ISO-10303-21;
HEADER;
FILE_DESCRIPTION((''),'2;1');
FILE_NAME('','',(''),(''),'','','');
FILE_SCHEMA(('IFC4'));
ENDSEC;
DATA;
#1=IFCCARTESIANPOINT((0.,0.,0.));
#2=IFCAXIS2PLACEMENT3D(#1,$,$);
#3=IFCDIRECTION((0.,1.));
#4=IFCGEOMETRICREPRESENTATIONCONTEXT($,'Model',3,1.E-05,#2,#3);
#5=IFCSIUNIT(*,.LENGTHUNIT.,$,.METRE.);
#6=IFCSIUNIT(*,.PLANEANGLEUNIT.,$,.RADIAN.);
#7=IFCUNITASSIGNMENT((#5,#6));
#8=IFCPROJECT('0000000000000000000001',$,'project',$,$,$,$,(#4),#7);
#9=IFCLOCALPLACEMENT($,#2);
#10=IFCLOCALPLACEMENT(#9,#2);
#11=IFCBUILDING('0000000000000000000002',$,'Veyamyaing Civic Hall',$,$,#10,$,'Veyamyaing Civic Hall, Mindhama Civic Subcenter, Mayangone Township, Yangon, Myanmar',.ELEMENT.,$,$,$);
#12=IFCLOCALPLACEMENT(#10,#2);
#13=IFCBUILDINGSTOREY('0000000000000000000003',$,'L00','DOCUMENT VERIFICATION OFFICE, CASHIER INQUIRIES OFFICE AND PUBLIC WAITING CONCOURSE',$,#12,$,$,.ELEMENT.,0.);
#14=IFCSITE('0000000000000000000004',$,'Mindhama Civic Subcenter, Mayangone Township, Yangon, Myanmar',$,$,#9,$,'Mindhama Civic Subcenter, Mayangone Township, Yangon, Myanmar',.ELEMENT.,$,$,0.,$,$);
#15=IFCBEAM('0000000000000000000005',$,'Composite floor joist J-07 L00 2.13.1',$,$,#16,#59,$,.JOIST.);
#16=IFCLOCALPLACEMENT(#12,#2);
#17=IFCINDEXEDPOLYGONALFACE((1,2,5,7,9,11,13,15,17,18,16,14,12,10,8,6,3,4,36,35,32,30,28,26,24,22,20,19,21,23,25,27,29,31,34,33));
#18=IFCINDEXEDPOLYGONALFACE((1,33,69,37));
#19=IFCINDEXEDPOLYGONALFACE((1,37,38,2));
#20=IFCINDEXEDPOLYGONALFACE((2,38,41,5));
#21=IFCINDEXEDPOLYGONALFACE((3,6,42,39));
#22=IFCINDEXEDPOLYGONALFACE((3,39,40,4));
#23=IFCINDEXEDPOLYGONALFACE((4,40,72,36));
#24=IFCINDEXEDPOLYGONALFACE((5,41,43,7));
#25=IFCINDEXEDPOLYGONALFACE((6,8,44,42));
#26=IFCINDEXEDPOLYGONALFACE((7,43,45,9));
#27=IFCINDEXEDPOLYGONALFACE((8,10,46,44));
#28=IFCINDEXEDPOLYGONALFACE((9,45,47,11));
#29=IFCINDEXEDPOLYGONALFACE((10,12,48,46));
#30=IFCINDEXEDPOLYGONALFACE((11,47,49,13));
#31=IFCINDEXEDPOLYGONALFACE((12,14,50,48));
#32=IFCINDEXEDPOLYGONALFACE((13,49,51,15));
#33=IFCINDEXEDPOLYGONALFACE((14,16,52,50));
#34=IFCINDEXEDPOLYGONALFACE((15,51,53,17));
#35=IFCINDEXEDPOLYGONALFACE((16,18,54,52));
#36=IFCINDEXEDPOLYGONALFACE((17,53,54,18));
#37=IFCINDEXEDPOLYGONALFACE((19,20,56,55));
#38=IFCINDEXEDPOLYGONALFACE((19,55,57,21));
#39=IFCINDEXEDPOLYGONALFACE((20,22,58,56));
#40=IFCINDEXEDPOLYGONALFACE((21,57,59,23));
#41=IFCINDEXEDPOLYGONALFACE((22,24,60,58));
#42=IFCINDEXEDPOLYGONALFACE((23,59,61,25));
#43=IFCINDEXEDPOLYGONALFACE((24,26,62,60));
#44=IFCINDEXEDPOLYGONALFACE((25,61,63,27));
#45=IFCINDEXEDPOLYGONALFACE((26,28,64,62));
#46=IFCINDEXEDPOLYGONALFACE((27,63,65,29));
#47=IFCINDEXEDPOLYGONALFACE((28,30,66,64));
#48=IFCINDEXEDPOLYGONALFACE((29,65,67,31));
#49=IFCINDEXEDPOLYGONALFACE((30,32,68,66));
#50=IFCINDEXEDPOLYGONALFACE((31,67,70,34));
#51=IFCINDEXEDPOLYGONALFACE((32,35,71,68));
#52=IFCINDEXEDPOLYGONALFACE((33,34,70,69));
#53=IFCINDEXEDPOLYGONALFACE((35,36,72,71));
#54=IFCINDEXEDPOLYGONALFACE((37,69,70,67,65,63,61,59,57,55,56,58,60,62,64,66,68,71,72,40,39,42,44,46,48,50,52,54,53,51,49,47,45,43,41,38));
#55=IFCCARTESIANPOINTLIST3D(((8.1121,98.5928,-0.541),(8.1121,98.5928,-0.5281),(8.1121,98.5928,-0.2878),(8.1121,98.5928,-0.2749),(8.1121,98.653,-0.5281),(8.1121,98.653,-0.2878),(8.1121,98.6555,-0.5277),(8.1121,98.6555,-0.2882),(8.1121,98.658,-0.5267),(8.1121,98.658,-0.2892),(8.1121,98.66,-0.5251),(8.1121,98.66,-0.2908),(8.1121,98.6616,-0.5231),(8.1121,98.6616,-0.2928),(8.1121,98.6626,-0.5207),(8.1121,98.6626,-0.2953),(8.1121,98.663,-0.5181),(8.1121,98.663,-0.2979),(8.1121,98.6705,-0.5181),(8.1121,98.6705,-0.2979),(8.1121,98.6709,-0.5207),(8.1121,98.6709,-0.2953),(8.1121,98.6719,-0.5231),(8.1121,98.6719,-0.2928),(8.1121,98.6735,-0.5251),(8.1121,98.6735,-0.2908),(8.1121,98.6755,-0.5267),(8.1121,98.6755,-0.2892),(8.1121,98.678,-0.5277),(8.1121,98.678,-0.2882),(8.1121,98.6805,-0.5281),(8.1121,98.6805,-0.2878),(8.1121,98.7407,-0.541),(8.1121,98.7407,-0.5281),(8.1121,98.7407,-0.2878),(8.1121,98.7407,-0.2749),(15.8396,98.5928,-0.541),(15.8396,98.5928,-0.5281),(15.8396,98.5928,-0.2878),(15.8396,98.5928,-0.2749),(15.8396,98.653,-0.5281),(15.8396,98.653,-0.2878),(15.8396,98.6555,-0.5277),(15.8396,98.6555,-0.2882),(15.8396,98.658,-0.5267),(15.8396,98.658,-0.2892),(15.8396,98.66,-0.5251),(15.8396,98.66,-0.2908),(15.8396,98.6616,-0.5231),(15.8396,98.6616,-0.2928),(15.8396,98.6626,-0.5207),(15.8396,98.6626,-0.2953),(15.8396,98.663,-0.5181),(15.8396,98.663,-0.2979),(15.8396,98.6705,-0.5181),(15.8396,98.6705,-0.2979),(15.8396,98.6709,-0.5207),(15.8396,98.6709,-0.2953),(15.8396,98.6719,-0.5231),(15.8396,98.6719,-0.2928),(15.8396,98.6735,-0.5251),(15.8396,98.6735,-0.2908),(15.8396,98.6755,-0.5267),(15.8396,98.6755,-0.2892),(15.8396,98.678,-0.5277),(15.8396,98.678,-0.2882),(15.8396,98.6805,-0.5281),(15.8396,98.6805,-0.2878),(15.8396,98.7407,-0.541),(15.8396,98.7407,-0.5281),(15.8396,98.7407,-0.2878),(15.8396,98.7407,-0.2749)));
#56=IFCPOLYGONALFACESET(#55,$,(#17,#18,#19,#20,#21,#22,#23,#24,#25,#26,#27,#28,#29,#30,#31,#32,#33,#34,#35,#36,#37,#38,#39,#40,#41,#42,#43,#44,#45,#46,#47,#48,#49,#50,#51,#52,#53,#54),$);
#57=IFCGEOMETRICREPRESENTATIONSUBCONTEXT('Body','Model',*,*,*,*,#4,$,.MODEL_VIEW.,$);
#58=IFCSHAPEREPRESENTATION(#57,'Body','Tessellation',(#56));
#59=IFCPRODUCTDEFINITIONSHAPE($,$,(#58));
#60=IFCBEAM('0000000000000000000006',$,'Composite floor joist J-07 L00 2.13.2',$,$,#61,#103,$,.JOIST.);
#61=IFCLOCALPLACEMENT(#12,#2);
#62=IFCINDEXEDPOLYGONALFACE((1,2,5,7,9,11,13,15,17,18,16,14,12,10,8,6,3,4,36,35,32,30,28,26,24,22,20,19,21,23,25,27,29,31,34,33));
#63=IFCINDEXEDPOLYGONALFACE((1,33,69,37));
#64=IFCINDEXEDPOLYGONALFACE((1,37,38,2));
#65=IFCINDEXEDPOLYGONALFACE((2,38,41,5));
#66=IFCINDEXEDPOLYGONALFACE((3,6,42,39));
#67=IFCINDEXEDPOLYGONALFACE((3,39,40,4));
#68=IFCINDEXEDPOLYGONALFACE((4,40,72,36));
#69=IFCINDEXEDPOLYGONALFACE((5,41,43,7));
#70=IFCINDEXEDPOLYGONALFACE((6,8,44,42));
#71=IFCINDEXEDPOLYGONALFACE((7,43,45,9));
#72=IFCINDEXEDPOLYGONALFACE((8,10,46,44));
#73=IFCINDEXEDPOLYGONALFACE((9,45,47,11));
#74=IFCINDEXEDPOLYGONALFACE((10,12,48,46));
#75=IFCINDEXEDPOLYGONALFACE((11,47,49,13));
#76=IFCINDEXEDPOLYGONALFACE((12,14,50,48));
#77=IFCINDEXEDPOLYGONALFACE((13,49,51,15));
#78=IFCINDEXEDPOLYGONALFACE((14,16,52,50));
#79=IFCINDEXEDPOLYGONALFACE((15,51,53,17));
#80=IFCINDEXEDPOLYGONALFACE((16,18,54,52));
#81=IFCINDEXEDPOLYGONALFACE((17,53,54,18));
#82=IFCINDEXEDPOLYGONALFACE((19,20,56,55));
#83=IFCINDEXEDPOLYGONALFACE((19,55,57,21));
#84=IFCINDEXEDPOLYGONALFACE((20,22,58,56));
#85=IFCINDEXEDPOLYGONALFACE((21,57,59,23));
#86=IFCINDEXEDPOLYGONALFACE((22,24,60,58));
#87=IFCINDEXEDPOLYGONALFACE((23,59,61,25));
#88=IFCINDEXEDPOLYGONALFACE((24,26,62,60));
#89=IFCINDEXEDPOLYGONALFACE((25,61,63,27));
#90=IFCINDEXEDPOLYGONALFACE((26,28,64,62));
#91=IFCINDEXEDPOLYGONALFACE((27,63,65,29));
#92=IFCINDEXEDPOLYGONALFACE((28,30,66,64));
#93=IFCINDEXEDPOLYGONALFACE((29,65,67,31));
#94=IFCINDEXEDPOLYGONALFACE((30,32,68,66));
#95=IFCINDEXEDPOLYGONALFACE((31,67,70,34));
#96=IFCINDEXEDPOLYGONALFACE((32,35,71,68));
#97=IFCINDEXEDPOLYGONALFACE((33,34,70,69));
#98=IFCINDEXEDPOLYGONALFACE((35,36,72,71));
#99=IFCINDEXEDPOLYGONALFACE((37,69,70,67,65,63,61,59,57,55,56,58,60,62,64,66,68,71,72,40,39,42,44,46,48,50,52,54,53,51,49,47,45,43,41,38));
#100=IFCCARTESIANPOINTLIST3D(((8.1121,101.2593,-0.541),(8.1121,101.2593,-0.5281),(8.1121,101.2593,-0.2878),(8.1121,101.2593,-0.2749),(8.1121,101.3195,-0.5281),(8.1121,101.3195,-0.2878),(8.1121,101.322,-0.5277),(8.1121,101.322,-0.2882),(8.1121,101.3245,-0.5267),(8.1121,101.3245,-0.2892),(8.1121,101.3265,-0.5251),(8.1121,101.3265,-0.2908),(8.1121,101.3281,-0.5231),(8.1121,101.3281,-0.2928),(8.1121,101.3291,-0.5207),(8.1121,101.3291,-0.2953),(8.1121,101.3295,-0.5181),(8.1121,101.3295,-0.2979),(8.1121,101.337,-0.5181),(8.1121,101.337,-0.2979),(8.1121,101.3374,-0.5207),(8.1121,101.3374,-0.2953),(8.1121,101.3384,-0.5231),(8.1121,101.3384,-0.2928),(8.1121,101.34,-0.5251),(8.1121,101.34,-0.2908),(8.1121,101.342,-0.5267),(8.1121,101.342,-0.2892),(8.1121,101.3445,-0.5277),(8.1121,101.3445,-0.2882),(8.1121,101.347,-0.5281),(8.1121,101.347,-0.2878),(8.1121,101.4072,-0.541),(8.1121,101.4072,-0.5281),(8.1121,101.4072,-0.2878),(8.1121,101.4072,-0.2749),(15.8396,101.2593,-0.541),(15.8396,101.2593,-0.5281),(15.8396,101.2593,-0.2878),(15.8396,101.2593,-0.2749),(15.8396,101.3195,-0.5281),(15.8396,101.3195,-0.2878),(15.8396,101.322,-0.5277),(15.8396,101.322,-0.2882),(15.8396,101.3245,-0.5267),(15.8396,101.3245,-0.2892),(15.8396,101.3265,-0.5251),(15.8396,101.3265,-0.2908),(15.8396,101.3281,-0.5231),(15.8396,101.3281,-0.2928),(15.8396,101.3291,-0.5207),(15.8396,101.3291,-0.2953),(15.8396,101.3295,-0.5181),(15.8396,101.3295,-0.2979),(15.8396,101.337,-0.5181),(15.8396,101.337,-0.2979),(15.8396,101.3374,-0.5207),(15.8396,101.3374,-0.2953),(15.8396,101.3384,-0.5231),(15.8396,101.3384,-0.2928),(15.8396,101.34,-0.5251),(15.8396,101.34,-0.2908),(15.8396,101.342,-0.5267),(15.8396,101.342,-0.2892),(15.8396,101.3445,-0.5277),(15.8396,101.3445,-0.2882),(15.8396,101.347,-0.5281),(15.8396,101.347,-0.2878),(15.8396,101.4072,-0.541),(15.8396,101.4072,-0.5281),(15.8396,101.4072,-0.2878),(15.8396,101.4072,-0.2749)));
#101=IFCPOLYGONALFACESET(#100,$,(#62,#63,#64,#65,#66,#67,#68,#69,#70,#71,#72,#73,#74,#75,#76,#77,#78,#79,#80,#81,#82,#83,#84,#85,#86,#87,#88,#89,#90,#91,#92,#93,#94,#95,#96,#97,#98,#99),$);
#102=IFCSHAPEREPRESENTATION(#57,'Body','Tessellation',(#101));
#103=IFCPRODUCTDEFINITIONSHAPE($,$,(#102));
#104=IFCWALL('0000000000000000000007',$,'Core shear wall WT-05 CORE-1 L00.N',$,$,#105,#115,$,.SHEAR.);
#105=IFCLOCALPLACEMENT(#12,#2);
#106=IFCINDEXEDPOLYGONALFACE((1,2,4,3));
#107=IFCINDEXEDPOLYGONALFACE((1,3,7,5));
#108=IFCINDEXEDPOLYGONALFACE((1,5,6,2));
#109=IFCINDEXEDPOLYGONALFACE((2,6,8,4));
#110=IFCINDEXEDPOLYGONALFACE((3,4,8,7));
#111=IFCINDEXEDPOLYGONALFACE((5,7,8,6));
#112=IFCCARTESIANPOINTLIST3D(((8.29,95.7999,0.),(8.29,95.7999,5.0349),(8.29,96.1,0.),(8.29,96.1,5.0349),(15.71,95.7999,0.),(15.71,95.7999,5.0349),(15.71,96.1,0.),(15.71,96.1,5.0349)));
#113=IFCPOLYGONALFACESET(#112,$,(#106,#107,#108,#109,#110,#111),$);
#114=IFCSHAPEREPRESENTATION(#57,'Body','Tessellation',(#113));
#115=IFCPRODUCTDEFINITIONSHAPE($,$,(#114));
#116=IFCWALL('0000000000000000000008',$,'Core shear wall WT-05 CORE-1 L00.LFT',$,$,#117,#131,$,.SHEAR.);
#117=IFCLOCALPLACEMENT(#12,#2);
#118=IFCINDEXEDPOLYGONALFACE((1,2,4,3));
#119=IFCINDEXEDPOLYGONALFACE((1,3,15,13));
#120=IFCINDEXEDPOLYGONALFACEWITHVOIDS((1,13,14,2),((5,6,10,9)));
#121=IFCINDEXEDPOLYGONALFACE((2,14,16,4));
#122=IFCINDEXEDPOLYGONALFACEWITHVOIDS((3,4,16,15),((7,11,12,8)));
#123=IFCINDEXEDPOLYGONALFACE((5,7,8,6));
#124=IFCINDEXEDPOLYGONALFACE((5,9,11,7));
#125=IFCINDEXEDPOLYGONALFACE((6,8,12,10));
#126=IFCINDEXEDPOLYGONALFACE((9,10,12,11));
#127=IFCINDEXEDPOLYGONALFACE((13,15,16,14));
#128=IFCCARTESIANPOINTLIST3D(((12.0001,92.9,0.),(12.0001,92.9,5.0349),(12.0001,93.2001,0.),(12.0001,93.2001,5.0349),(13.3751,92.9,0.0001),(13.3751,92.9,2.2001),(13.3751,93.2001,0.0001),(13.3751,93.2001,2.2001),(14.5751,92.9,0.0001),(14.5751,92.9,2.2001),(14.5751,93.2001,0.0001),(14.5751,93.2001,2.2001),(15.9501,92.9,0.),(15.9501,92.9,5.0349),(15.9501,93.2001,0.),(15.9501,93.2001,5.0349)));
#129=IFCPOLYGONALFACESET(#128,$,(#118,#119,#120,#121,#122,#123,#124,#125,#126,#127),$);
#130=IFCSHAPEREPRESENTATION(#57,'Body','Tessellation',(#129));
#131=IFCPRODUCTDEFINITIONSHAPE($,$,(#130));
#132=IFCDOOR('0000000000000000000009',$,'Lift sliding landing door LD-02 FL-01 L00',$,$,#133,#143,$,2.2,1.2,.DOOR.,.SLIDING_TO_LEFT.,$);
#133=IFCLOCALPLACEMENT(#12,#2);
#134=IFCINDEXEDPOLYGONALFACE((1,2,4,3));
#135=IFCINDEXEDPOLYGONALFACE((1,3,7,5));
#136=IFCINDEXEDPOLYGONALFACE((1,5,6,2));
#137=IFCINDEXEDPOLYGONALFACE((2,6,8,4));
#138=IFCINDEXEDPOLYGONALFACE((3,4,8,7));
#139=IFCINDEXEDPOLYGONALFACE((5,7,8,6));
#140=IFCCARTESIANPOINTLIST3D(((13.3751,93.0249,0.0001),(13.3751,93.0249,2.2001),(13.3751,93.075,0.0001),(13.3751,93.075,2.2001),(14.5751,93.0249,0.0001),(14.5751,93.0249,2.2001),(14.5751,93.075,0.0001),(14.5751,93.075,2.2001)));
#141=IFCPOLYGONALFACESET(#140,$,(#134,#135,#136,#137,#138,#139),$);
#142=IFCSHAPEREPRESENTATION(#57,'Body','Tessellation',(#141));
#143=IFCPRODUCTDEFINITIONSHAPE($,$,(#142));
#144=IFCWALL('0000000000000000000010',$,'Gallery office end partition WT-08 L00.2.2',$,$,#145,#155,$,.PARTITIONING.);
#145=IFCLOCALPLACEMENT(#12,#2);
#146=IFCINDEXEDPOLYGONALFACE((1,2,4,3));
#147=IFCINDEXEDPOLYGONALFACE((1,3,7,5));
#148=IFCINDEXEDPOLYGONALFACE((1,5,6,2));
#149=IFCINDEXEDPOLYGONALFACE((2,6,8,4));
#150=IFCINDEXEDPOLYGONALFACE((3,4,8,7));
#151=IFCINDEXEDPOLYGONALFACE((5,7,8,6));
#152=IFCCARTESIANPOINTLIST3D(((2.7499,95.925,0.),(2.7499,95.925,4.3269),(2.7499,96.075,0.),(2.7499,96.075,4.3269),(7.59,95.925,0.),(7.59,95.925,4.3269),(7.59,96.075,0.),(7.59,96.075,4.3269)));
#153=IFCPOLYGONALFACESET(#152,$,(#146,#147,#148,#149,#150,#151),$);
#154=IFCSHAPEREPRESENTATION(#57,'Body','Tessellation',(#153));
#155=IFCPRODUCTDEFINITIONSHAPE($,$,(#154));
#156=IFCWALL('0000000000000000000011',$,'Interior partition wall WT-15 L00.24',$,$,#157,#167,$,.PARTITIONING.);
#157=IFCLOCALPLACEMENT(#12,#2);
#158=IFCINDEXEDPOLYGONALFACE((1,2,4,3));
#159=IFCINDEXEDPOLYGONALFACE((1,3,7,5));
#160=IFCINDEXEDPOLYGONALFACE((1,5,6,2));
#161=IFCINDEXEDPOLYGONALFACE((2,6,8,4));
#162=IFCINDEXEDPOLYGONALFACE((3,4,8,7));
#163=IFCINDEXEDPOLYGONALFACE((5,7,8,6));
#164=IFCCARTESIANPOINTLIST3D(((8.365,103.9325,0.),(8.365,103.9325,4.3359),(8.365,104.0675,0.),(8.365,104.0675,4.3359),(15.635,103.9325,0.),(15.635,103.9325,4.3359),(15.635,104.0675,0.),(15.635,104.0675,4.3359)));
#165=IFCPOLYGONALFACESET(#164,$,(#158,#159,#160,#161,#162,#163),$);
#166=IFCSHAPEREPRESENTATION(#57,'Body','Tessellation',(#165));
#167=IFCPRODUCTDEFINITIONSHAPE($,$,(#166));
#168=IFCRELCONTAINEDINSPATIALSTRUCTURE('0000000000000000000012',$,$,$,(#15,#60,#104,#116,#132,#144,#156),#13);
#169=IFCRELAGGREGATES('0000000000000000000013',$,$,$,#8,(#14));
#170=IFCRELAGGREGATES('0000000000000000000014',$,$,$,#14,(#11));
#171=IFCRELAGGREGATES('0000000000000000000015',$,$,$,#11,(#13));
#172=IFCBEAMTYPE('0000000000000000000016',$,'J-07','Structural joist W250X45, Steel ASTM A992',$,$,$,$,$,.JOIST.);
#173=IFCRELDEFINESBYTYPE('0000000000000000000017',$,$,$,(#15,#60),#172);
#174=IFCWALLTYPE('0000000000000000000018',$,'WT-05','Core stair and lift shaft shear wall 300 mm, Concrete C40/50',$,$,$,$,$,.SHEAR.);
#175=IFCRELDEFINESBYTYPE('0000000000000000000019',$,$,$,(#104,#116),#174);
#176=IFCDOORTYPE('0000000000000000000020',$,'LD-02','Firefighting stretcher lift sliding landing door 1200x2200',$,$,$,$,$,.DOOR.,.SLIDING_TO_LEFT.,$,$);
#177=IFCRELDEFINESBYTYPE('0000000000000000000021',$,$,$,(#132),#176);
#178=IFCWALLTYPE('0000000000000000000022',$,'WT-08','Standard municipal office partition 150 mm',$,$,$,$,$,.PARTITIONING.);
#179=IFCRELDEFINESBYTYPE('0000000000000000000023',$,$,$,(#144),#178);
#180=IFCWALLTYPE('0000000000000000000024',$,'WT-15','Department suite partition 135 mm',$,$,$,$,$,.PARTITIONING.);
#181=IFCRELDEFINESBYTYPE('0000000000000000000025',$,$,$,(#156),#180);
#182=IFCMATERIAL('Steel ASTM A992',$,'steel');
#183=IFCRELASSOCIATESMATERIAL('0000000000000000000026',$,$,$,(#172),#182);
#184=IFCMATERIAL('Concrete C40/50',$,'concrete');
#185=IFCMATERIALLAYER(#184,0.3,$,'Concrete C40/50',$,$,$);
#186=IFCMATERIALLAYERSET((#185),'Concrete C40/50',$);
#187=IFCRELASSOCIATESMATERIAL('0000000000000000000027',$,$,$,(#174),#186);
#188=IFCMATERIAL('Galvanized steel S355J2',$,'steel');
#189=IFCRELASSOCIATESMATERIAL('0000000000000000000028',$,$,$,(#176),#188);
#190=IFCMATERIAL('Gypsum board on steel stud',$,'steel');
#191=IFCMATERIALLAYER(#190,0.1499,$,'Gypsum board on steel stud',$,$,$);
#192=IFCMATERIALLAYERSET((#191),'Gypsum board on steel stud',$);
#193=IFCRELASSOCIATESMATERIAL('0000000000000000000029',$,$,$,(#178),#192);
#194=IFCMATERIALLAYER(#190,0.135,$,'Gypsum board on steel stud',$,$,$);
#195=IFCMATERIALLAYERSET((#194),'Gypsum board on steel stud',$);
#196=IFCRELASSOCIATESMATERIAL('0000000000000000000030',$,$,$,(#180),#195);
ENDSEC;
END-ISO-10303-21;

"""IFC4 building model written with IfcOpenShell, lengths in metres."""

from ifc_helpers import new_model, si_unit, direction, frame, frame_2d, origin, origin_2d, place, context, subcontext, project, spatial, rectangle, i_section, extrude, material, layer, layer_set, material_profile, profile_set, type_object, element, fill, save


model = new_model("IFC4")

# Units and contexts
model_context = context("Model", 3, precision=1e-05, world=origin(), true_north=direction((0.0, 1.0)))
body_context = subcontext(model_context, "Body", "Model", "MODEL_VIEW")
ifc_project = project(units=[si_unit("LENGTHUNIT", "METRE"), si_unit("PLANEANGLEUNIT", "RADIAN")], contexts=[model_context])

# Site, building, storey
site_placement = place(None, origin())
site = spatial("IfcSite", under=ifc_project, at=site_placement, Name="Mindhama Civic Subcenter, Mayangone Township, Yangon, Myanmar", LongName="Mindhama Civic Subcenter, Mayangone Township, Yangon, Myanmar", CompositionType="ELEMENT", RefElevation=0.0)
building_placement = place(site_placement, origin())
building = spatial("IfcBuilding", under=site, at=building_placement, Name="Veyamyaing Civic Hall", LongName="Veyamyaing Civic Hall, Mindhama Civic Subcenter, Mayangone Township, Yangon, Myanmar", CompositionType="ELEMENT")
storey_placement = place(building_placement, origin())
storey = spatial("IfcBuildingStorey", under=building, at=storey_placement, Name="L00", Description="DOCUMENT VERIFICATION OFFICE, CASHIER INQUIRIES OFFICE AND PUBLIC WAITING CONCOURSE", CompositionType="ELEMENT", Elevation=0.0)

# Beams
ifc_material_1 = material(Name="Steel ASTM A992", Category="steel")
ifc_material_profile_1 = material_profile(ifc_material_1, i_section(OverallWidth=0.1479, OverallDepth=0.2661, WebThickness=0.0076, FlangeThickness=0.0129, FilletRadius=0.01, at=origin_2d()), Name="W250X45")
ifc_profile_set_1 = profile_set([ifc_material_profile_1], Name="Steel ASTM A992")
beam_type_1 = type_object("IfcBeamType", Name="J-07", Description="Structural joist W250X45, Steel ASTM A992", PredefinedType="JOIST", material=ifc_profile_set_1)
for number, where, z_axis, x_axis, name in (
    (1, (8.1121, 98.6667, -0.408), (1.0, 0.0, 0.0), (0.0, 1.0, 0.0), "Composite floor joist J-07 L00 2.13.1"),
    (2, (8.1121, 101.3333, -0.408), (1.0, 0.0, 0.0), (0.0, 1.0, 0.0), "Composite floor joist J-07 L00 2.13.2"),
):
    element("IfcBeam", number, at=place(storey_placement, frame(where, z_axis=z_axis, x_axis=x_axis)), inside=storey, type_object=beam_type_1, Name=name, PredefinedType="JOIST", context=body_context, shape_type="SweptSolid", body=[
        extrude(i_section(OverallWidth=0.1479, OverallDepth=0.2661, WebThickness=0.0076, FlangeThickness=0.0129, FilletRadius=0.01, at=origin_2d()), origin(), (0.0, 0.0, 1.0), 7.7275),
    ])

# Wall
ifc_material_2 = material(Name="Concrete C40/50", Category="concrete")
ifc_layer_1 = layer(ifc_material_2, 0.3, Name="Concrete C40/50")
ifc_layer_set_1 = layer_set([ifc_layer_1], Name="Concrete C40/50")
wall_type_1 = type_object("IfcWallType", Name="WT-05", Description="Core stair and lift shaft shear wall 300 mm, Concrete C40/50", PredefinedType="SHEAR", material=ifc_layer_set_1)
wall_1_placement = place(storey_placement, frame((8.29, 95.95, 0.0), z_axis=(0.0, 0.0, 1.0), x_axis=(1.0, 0.0, 0.0)))
element("IfcWall", 3, at=wall_1_placement, inside=storey, type_object=wall_type_1, Name="Core shear wall WT-05 CORE-1 L00.N", PredefinedType="SHEAR", context=body_context, shape_type="SweptSolid", body=[
    extrude(rectangle(XDim=7.4199, YDim=0.3, at=frame_2d((3.71, 0.0))), origin(), (0.0, 0.0, 1.0), 5.0349),
])

# Wall, opening, door
wall_2_placement = place(storey_placement, frame((12.0, 93.05, 0.0), z_axis=(0.0, 0.0, 1.0), x_axis=(1.0, 0.0, 0.0)))
wall_2 = element("IfcWall", 4, at=wall_2_placement, inside=storey, type_object=wall_type_1, Name="Core shear wall WT-05 CORE-1 L00.LFT", PredefinedType="SHEAR", context=body_context, shape_type="SweptSolid", body=[
    extrude(rectangle(XDim=3.95, YDim=0.3, at=frame_2d((1.9751, 0.0))), origin(), (0.0, 0.0, 1.0), 5.0349),
])
opening_1_placement = place(wall_2_placement, frame((1.375, 0.0, 0.0)))
opening_1 = element("IfcOpeningElement", 5, at=opening_1_placement, cuts=wall_2, PredefinedType="OPENING", context=body_context, shape_type="SweptSolid", body=[
    extrude(rectangle(XDim=1.2, YDim=2.2, at=frame_2d((0.6001, 1.1001))), frame((0.0, 0.1599, 0.0), z_axis=(0.0, -1.0, 0.0), x_axis=(1.0, 0.0, 0.0)), (0.0, 0.0, 1.0), 0.3201),
])
ifc_material_3 = material(Name="Galvanized steel S355J2", Category="steel")
door_type_1 = type_object("IfcDoorType", Name="LD-02", Description="Firefighting stretcher lift sliding landing door 1200x2200", OperationType="SLIDING_TO_LEFT", PredefinedType="DOOR", material=ifc_material_3)
door_1_placement = place(opening_1_placement, origin())
door_1 = element("IfcDoor", 6, at=door_1_placement, inside=storey, type_object=door_type_1, Name="Lift sliding landing door LD-02 FL-01 L00", OperationType="SLIDING_TO_LEFT", OverallHeight=2.2, OverallWidth=1.2, PredefinedType="DOOR", context=body_context, shape_type="SweptSolid", body=[
    extrude(rectangle(XDim=1.2, YDim=2.2, at=frame_2d((0.6001, 1.1001))), frame((0.0, 0.0249, 0.0), z_axis=(0.0, -1.0, 0.0), x_axis=(1.0, 0.0, 0.0)), (0.0, 0.0, 1.0), 0.05),
])
fill(opening_1, door_1)

# Walls
ifc_material_4 = material(Name="Gypsum board on steel stud", Category="steel")
ifc_layer_2 = layer(ifc_material_4, 0.1499, Name="Gypsum board on steel stud")
ifc_layer_set_2 = layer_set([ifc_layer_2], Name="Gypsum board on steel stud")
wall_type_2 = type_object("IfcWallType", Name="WT-08", Description="Standard municipal office partition 150 mm", PredefinedType="PARTITIONING", material=ifc_layer_set_2)
wall_3_placement = place(storey_placement, frame((2.75, 96.0, 0.0), z_axis=(0.0, 0.0, 1.0), x_axis=(1.0, 0.0, 0.0)))
element("IfcWall", 7, at=wall_3_placement, inside=storey, type_object=wall_type_2, Name="Gallery office end partition WT-08 L00.2.2", PredefinedType="PARTITIONING", context=body_context, shape_type="SweptSolid", body=[
    extrude(rectangle(XDim=4.8401, YDim=0.1499, at=frame_2d((2.4199, 0.0))), origin(), (0.0, 0.0, 1.0), 4.3269),
])
ifc_layer_3 = layer(ifc_material_4, 0.135, Name="Gypsum board on steel stud")
ifc_layer_set_3 = layer_set([ifc_layer_3], Name="Gypsum board on steel stud")
wall_type_3 = type_object("IfcWallType", Name="WT-15", Description="Department suite partition 135 mm", PredefinedType="PARTITIONING", material=ifc_layer_set_3)
wall_4_placement = place(storey_placement, frame((8.365, 104.0, 0.0), z_axis=(0.0, 0.0, 1.0), x_axis=(1.0, 0.0, 0.0)))
element("IfcWall", 8, at=wall_4_placement, inside=storey, type_object=wall_type_3, Name="Interior partition wall WT-15 L00.24", PredefinedType="PARTITIONING", context=body_context, shape_type="SweptSolid", body=[
    extrude(rectangle(XDim=7.27, YDim=0.135, at=frame_2d((3.635, 0.0))), origin(), (0.0, 0.0, 1.0), 4.3359),
])

save(model, "model.ifc")
